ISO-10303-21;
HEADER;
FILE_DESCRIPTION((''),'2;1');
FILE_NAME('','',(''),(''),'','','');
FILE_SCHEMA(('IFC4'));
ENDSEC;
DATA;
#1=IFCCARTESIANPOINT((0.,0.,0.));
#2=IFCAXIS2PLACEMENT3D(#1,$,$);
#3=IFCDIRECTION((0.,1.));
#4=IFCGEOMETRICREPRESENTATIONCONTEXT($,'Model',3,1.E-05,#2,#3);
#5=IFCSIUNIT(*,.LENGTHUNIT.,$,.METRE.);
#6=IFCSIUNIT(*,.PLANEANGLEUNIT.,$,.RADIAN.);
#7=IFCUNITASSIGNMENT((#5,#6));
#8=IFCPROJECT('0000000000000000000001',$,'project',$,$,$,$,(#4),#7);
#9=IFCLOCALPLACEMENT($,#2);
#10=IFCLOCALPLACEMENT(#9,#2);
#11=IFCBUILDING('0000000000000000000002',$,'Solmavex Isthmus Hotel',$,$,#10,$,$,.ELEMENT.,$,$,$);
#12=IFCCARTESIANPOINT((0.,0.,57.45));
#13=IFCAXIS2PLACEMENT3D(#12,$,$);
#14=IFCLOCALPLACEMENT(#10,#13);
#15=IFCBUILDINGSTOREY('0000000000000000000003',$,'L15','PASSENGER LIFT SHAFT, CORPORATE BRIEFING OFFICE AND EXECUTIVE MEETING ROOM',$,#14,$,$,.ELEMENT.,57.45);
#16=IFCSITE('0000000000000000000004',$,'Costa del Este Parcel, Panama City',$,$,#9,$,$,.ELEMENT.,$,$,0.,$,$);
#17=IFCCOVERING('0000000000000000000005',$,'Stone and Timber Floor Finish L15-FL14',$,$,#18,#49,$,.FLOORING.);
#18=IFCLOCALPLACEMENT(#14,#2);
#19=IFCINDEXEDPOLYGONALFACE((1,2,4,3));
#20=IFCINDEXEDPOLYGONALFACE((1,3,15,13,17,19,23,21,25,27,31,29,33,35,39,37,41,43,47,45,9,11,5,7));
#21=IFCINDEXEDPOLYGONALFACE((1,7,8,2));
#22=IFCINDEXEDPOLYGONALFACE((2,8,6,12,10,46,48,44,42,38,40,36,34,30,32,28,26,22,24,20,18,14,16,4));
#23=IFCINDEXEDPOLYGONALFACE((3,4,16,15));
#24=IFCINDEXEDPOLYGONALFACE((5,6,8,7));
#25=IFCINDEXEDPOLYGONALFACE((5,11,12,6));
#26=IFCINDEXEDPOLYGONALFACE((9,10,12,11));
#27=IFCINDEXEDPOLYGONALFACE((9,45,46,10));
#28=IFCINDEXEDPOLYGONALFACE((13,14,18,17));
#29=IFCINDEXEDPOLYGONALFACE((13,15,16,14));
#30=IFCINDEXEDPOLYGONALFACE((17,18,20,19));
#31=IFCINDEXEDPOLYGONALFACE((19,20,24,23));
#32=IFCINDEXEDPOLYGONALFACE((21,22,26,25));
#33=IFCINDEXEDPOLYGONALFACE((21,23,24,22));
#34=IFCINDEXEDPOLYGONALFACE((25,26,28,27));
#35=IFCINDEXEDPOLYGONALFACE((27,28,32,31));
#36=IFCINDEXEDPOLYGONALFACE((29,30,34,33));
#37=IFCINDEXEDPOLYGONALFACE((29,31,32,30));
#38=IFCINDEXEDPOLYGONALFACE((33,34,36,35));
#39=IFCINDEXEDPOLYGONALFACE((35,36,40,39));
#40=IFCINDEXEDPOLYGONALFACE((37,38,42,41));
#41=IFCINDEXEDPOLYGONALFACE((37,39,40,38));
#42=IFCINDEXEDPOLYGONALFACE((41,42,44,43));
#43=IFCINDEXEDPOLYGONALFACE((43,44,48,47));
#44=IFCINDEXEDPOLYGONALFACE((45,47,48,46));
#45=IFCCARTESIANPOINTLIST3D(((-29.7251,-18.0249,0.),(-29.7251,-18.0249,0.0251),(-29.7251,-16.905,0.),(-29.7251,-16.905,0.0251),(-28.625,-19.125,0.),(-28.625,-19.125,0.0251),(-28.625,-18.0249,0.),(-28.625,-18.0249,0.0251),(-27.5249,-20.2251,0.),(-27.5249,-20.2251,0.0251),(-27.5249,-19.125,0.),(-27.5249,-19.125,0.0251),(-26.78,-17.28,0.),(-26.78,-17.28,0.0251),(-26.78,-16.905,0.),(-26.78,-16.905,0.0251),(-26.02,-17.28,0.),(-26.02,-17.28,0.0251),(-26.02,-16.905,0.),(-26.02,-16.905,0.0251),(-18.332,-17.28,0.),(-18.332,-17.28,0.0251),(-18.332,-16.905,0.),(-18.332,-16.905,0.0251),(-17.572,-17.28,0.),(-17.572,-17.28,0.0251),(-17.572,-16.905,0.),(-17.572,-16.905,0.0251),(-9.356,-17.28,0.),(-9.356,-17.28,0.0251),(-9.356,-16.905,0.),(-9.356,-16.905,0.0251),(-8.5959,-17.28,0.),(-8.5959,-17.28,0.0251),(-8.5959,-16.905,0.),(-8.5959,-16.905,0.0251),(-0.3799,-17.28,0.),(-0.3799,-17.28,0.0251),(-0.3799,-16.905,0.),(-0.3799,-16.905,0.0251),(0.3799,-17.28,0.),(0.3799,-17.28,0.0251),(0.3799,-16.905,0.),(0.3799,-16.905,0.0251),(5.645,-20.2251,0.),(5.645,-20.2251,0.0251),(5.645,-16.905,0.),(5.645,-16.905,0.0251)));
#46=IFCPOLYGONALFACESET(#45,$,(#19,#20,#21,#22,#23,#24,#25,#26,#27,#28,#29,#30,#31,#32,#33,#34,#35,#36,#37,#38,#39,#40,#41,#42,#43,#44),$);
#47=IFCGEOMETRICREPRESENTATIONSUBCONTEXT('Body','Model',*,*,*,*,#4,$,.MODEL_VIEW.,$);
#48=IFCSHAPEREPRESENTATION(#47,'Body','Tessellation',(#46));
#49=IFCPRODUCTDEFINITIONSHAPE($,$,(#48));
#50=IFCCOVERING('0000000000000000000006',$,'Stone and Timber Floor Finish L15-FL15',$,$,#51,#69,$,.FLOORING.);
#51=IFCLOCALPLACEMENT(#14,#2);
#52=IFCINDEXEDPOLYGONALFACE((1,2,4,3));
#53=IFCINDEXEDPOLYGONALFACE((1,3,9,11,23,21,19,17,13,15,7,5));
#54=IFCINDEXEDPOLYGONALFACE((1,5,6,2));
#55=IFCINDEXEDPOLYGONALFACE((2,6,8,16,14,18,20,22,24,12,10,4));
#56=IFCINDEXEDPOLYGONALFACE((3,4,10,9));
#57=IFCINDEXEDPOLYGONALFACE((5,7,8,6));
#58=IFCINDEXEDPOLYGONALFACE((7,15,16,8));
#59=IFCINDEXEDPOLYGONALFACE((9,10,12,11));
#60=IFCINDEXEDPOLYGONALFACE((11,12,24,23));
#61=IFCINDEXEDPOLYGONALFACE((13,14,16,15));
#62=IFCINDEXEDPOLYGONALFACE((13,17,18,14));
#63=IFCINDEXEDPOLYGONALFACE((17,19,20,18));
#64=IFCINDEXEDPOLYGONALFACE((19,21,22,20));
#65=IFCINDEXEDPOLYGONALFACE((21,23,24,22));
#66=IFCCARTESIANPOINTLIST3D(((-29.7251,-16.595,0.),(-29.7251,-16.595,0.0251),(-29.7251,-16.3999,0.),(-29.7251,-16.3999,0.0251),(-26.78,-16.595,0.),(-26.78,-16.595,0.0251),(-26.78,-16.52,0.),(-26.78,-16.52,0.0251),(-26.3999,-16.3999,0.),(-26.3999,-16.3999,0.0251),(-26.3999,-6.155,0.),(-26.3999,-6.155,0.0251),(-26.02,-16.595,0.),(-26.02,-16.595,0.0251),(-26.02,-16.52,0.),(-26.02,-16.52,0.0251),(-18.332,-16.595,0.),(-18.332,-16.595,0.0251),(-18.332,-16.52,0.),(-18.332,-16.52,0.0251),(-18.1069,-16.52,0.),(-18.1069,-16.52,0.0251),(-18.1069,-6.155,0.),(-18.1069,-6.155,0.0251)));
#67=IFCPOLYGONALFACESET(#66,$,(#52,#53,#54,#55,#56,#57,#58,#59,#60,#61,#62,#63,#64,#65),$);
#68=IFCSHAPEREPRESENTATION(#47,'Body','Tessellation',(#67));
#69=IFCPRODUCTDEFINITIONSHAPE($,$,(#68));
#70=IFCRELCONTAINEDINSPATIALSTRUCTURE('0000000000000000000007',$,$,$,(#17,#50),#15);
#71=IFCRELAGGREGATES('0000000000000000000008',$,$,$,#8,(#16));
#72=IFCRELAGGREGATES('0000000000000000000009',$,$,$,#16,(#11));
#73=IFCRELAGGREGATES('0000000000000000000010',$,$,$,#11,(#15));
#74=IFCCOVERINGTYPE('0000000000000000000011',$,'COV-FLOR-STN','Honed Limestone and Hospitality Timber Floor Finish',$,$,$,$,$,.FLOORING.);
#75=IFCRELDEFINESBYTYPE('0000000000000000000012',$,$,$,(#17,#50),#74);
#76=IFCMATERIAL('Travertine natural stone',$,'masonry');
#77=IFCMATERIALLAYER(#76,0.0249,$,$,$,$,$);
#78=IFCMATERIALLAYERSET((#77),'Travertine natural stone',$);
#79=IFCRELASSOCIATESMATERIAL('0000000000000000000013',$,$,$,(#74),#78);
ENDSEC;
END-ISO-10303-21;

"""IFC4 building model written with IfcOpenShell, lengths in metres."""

from ifc_helpers import new_model, si_unit, direction, frame, origin, place, context, subcontext, project, spatial, polyline, outline, extrude, material, layer, layer_set, type_object, element, save


model = new_model("IFC4")

# Units and contexts
model_context = context("Model", 3, precision=1e-05, world=origin(), true_north=direction((0.0, 1.0)))
body_context = subcontext(model_context, "Body", "Model", "MODEL_VIEW")
ifc_project = project(units=[si_unit("LENGTHUNIT", "METRE"), si_unit("PLANEANGLEUNIT", "RADIAN")], contexts=[model_context])

# Site, building, storey
site_placement = place(None, origin())
site = spatial("IfcSite", under=ifc_project, at=site_placement, Name="Costa del Este Parcel, Panama City", CompositionType="ELEMENT", RefElevation=0.0)
building_placement = place(site_placement, origin())
building = spatial("IfcBuilding", under=site, at=building_placement, Name="Solmavex Isthmus Hotel", CompositionType="ELEMENT")
storey_placement = place(building_placement, frame((0.0, 0.0, 57.45)))
storey = spatial("IfcBuildingStorey", under=building, at=storey_placement, Name="L15", Description="PASSENGER LIFT SHAFT, CORPORATE BRIEFING OFFICE AND EXECUTIVE MEETING ROOM", CompositionType="ELEMENT", Elevation=57.45)

# Coverings
ifc_material_1 = material(Name="Travertine natural stone", Category="masonry")
ifc_layer_1 = layer(ifc_material_1, 0.0249)
ifc_layer_set_1 = layer_set([ifc_layer_1], Name="Travertine natural stone")
covering_type_1 = type_object("IfcCoveringType", Name="COV-FLOR-STN", Description="Honed Limestone and Hospitality Timber Floor Finish", PredefinedType="FLOORING", material=ifc_layer_set_1)
covering_1_placement = place(storey_placement, origin())
element("IfcCovering", 1, at=covering_1_placement, inside=storey, type_object=covering_type_1, Name="Stone and Timber Floor Finish L15-FL14", PredefinedType="FLOORING", context=body_context, shape_type="SweptSolid", body=[
    extrude(outline(polyline([(-26.02, -16.905), (-26.02, -17.28), (-26.78, -17.28), (-26.78, -16.905), (-29.7251, -16.905), (-29.7251, -18.0249), (-28.625, -18.0249), (-28.625, -19.125), (-27.5249, -19.125), (-27.5249, -20.2251), (5.645, -20.2251), (5.645, -16.905), (0.3799, -16.905), (0.3799, -17.28), (-0.3799, -17.28), (-0.3799, -16.905), (-8.5959, -16.905), (-8.5959, -17.28), (-9.356, -17.28), (-9.356, -16.905), (-17.572, -16.905), (-17.572, -17.28), (-18.332, -17.28), (-18.332, -16.905), (-26.02, -16.905)])), origin(), (0.0, 0.0, 1.0), 0.0251),
])
covering_2_placement = place(storey_placement, origin())
element("IfcCovering", 2, at=covering_2_placement, inside=storey, type_object=covering_type_1, Name="Stone and Timber Floor Finish L15-FL15", PredefinedType="FLOORING", context=body_context, shape_type="SweptSolid", body=[
    extrude(outline(polyline([(-26.78, -16.595), (-26.78, -16.52), (-26.02, -16.52), (-26.02, -16.595), (-18.332, -16.595), (-18.332, -16.52), (-18.1069, -16.52), (-18.1069, -6.155), (-26.3999, -6.155), (-26.3999, -16.3999), (-29.7251, -16.3999), (-29.7251, -16.595), (-26.78, -16.595)])), origin(), (0.0, 0.0, 1.0), 0.0251),
])

save(model, "model.ifc")
